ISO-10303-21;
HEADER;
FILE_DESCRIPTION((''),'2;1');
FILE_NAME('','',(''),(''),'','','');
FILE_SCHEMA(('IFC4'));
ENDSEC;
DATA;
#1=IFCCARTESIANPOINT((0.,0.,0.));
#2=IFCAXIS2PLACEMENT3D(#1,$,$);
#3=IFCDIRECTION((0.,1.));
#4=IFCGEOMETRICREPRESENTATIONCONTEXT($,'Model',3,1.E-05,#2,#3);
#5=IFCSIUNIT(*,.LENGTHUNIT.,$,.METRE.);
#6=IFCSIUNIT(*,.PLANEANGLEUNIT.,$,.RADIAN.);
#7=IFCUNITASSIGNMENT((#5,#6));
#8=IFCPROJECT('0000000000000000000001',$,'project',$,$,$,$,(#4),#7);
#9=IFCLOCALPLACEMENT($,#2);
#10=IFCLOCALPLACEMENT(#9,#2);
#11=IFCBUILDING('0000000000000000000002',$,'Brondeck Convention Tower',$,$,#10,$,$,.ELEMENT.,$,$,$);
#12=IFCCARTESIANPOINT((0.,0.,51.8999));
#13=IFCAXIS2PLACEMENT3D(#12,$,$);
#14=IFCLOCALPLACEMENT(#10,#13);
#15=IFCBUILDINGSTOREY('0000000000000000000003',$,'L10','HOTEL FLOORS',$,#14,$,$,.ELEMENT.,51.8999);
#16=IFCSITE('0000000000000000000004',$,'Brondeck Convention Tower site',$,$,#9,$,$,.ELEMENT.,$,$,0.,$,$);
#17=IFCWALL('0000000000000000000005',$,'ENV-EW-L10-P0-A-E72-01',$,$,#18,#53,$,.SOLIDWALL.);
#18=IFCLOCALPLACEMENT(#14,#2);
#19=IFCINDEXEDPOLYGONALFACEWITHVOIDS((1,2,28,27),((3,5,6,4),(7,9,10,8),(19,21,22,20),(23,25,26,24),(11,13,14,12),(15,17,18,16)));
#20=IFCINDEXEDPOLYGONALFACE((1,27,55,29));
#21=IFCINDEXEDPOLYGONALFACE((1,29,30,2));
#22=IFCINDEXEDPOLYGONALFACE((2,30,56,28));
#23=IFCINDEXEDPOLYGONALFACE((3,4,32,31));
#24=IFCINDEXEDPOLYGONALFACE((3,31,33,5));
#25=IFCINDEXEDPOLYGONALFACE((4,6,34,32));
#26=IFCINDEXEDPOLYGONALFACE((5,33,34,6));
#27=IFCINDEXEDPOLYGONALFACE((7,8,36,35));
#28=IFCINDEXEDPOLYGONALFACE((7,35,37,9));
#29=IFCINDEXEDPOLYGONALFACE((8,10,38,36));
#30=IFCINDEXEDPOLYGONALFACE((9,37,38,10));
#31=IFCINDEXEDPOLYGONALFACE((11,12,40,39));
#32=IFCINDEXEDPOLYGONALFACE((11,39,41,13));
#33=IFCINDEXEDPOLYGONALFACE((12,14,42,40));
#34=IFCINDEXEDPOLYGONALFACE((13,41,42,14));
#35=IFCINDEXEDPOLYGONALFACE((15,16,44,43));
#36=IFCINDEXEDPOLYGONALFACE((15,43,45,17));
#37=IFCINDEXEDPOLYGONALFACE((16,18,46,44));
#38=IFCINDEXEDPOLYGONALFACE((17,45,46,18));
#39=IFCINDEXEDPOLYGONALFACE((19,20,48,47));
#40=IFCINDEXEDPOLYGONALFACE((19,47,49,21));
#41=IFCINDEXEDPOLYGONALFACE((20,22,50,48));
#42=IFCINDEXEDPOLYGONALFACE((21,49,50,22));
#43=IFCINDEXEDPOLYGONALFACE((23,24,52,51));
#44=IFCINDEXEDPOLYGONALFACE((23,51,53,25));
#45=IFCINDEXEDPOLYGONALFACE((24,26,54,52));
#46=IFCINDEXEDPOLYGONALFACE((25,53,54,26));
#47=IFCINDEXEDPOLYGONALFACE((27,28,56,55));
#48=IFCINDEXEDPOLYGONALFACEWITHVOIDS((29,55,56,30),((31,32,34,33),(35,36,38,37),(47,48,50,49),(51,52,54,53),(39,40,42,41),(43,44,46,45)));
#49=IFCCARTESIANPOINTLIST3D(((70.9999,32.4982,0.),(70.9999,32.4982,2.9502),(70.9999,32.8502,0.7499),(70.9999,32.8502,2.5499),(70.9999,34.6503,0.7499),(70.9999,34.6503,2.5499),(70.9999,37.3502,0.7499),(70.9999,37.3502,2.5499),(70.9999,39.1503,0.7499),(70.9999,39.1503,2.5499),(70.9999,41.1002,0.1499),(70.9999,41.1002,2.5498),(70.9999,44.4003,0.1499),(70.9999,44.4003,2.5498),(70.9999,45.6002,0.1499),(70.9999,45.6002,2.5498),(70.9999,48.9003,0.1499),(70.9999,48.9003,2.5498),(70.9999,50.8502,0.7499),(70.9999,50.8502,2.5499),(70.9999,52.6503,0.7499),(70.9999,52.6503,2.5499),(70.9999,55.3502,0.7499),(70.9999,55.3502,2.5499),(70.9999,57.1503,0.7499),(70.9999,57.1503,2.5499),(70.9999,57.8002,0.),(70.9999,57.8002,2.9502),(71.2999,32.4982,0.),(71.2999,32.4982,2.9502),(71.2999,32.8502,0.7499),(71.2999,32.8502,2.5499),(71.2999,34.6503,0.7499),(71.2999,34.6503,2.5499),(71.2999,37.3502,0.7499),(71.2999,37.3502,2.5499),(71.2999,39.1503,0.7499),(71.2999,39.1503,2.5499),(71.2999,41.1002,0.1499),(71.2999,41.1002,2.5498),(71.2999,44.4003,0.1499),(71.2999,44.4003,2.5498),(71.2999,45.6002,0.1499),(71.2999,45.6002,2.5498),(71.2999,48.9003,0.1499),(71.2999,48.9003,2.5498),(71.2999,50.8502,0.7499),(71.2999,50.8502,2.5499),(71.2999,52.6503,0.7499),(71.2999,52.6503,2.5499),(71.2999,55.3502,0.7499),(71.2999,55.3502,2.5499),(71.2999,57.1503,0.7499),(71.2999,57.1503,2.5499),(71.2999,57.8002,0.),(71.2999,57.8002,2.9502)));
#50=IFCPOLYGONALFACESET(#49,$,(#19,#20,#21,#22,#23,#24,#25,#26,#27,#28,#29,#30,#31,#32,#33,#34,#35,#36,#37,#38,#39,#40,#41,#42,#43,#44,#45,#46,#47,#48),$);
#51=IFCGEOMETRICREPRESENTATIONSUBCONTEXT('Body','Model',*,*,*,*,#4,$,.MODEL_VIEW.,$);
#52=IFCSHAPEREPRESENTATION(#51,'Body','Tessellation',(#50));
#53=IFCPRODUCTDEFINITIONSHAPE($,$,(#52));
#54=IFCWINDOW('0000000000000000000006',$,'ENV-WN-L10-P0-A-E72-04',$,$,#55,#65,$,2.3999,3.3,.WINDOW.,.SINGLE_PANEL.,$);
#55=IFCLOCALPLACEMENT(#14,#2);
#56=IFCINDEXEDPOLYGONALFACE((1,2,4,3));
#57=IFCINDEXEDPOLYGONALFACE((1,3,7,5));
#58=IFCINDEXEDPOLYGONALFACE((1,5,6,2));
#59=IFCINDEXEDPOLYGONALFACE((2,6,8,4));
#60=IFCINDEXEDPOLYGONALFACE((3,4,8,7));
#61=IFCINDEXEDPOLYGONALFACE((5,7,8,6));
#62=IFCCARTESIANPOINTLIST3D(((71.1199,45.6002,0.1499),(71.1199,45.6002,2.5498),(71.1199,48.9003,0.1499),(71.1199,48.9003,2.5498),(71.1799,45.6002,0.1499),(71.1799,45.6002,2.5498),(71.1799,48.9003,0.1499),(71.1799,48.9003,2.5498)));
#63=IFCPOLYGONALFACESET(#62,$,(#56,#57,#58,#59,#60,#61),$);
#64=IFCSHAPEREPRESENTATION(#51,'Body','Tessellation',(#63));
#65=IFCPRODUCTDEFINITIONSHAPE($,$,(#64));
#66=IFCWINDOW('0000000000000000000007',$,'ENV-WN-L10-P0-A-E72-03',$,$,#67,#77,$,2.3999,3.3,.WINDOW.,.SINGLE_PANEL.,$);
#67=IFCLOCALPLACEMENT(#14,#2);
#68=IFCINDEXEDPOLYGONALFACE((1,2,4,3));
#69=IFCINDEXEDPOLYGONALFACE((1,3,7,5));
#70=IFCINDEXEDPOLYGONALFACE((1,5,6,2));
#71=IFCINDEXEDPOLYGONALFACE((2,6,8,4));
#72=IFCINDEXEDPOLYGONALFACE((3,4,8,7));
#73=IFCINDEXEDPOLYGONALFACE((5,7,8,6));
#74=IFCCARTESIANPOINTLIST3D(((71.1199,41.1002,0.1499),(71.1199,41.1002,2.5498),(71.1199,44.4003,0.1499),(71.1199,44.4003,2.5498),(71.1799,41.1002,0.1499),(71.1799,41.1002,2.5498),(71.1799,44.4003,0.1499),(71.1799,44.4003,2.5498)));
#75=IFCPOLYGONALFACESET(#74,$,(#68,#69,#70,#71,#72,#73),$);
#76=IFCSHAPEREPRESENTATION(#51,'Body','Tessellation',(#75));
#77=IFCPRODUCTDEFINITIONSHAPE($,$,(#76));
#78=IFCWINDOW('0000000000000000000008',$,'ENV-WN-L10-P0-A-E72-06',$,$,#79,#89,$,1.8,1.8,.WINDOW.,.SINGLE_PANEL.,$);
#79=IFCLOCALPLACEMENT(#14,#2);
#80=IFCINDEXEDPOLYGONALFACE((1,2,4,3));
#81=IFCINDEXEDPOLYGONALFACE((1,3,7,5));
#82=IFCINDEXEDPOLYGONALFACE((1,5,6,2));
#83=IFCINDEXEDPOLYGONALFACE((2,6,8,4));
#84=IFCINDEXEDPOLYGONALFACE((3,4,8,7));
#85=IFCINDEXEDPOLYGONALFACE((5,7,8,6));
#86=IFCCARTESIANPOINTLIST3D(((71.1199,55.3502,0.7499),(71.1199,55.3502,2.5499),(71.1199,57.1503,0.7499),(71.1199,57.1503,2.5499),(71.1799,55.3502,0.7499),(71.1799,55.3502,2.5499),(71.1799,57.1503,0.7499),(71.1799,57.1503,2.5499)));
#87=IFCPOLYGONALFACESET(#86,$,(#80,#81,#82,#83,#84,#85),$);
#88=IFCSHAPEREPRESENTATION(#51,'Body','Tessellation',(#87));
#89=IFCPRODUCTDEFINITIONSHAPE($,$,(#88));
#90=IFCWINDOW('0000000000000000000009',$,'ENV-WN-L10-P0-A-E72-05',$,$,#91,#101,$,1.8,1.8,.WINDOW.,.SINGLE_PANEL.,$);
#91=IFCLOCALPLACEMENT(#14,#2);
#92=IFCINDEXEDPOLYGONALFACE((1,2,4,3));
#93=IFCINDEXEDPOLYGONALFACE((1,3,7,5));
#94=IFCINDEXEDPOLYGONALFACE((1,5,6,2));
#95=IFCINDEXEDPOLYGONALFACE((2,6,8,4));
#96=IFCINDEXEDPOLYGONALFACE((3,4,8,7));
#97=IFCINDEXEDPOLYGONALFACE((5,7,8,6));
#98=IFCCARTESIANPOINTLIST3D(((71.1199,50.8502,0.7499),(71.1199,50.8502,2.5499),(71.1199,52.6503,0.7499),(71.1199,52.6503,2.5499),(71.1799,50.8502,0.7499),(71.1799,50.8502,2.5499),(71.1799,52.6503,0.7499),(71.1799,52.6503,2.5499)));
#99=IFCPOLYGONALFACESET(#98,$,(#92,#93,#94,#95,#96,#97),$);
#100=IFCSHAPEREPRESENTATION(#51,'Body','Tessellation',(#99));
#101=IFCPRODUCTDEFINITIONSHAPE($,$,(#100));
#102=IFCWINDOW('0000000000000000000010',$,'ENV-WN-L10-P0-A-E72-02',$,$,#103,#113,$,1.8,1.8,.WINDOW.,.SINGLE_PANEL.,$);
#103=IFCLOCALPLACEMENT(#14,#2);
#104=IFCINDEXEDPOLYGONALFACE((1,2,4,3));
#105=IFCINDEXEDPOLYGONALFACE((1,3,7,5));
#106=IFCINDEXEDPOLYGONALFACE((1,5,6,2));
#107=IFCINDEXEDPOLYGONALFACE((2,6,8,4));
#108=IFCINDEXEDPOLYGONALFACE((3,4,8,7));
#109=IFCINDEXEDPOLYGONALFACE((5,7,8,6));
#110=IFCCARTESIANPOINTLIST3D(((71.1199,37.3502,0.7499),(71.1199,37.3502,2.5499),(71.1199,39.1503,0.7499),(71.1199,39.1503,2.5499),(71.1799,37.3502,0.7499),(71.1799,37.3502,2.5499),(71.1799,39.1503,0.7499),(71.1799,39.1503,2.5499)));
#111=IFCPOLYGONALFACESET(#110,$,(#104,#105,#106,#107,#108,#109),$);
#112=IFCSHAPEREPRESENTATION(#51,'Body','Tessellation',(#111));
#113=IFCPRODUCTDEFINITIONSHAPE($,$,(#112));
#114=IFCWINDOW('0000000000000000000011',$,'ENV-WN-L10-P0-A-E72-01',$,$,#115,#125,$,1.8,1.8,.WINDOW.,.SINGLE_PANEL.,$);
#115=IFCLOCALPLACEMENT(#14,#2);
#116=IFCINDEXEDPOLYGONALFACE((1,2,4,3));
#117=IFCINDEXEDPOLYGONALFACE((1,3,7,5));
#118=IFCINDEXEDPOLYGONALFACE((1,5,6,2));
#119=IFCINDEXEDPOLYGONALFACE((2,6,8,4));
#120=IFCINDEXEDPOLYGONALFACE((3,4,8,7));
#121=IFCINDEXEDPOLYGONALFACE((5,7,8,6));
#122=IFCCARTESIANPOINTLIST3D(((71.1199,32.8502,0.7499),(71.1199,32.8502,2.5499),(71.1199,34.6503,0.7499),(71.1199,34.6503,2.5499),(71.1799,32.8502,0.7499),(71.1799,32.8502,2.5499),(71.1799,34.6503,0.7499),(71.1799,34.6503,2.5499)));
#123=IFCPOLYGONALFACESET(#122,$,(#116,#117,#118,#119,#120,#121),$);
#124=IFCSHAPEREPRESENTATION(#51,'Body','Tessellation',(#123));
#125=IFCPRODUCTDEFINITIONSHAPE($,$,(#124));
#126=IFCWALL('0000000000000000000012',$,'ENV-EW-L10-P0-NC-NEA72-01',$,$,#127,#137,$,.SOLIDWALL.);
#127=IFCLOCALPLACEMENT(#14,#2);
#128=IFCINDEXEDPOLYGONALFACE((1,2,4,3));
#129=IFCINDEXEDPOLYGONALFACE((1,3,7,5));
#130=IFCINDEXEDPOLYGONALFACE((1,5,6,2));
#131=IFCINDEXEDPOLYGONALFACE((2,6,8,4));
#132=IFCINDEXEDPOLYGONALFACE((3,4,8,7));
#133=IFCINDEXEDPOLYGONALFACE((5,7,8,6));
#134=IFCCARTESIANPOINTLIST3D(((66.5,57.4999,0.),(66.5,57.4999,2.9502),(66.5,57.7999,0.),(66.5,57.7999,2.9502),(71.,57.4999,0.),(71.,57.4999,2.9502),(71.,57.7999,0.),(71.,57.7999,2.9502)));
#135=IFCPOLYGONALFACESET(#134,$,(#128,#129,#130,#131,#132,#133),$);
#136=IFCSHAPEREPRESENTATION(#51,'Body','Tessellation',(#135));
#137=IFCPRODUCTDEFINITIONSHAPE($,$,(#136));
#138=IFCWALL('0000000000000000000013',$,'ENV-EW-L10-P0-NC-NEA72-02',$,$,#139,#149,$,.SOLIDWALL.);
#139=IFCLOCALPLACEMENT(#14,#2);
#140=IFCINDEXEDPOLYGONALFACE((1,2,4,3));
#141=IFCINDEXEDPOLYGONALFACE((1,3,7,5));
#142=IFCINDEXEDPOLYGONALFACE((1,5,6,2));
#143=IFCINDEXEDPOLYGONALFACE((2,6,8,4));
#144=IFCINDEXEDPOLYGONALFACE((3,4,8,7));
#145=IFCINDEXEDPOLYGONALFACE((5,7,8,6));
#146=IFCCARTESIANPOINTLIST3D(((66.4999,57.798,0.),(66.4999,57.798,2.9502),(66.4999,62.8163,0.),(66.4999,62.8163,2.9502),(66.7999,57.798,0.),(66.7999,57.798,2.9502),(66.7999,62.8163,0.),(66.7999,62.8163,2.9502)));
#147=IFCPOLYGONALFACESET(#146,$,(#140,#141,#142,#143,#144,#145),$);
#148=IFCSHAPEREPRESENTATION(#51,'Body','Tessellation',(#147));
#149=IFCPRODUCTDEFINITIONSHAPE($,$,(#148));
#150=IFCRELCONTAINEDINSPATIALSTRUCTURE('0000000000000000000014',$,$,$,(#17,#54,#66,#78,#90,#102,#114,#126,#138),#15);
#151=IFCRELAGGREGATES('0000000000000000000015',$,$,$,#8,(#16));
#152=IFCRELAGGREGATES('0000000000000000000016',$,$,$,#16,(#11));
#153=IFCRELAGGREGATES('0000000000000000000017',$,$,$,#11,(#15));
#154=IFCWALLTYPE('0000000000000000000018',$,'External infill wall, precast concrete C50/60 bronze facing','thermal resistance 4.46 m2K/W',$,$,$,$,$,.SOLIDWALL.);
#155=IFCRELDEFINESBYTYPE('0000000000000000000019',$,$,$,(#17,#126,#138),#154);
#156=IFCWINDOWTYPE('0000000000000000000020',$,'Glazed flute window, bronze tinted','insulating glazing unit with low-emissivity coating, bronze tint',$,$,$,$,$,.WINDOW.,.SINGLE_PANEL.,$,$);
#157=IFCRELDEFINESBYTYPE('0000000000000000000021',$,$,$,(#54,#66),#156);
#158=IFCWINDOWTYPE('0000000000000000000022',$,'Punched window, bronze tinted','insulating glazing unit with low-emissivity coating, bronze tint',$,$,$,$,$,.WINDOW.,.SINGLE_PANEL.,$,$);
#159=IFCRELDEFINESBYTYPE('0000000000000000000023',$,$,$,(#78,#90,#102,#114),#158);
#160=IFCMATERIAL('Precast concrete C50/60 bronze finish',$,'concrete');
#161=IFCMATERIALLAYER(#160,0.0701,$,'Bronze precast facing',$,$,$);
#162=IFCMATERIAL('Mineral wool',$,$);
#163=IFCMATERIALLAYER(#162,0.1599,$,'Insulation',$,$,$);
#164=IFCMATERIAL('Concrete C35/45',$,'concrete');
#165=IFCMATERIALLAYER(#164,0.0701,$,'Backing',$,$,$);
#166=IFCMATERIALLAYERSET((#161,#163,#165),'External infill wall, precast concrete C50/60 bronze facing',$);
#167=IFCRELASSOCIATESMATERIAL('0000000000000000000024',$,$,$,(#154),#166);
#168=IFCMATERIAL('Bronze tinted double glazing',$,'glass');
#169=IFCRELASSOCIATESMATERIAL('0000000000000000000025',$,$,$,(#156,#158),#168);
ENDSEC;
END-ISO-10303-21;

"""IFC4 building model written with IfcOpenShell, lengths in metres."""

from ifc_helpers import new_model, si_unit, direction, frame, frame_2d, origin, place, context, subcontext, project, spatial, rectangle, extrude, material, layer, layer_set, type_object, element, fill, save


model = new_model("IFC4")

# Units and contexts
model_context = context("Model", 3, precision=1e-05, world=origin(), true_north=direction((0.0, 1.0)))
body_context = subcontext(model_context, "Body", "Model", "MODEL_VIEW")
ifc_project = project(units=[si_unit("LENGTHUNIT", "METRE"), si_unit("PLANEANGLEUNIT", "RADIAN")], contexts=[model_context])

# Site, building, storey
site_placement = place(None, origin())
site = spatial("IfcSite", under=ifc_project, at=site_placement, Name="Brondeck Convention Tower site", CompositionType="ELEMENT", RefElevation=0.0)
building_placement = place(site_placement, origin())
building = spatial("IfcBuilding", under=site, at=building_placement, Name="Brondeck Convention Tower", CompositionType="ELEMENT")
storey_placement = place(building_placement, frame((0.0, 0.0, 51.8999)))
storey = spatial("IfcBuildingStorey", under=building, at=storey_placement, Name="L10", Description="HOTEL FLOORS", CompositionType="ELEMENT", Elevation=51.8999)

# Wall, openings, windows
ifc_material_1 = material(Name="Precast concrete C50/60 bronze finish", Category="concrete")
ifc_layer_1 = layer(ifc_material_1, 0.0701, Name="Bronze precast facing")
ifc_material_2 = material(Name="Mineral wool")
ifc_layer_2 = layer(ifc_material_2, 0.1599, Name="Insulation")
ifc_material_3 = material(Name="Concrete C35/45", Category="concrete")
ifc_layer_3 = layer(ifc_material_3, 0.0701, Name="Backing")
ifc_layer_set_1 = layer_set([ifc_layer_1, ifc_layer_2, ifc_layer_3], Name="External infill wall, precast concrete C50/60 bronze facing")
wall_type_1 = type_object("IfcWallType", Name="External infill wall, precast concrete C50/60 bronze facing", Description="thermal resistance 4.46 m2K/W", PredefinedType="SOLIDWALL", material=ifc_layer_set_1)
wall_1_placement = place(storey_placement, frame((71.1499, 57.8, 0.0), z_axis=(0.0, 0.0, 1.0), x_axis=(0.0, -1.0, 0.0)))
wall_1 = element("IfcWall", 1, at=wall_1_placement, inside=storey, type_object=wall_type_1, Name="ENV-EW-L10-P0-A-E72-01", PredefinedType="SOLIDWALL", context=body_context, shape_type="SweptSolid", body=[
    extrude(rectangle(XDim=25.302, YDim=0.3, at=frame_2d((12.6509, 0.0))), origin(), (0.0, 0.0, 1.0), 2.9502),
])
opening_1_placement = place(wall_1_placement, frame((0.6499, 0.0, 0.75)))
opening_1 = element("IfcOpeningElement", 2, at=opening_1_placement, cuts=wall_1, PredefinedType="OPENING", context=body_context, shape_type="SweptSolid", body=[
    extrude(rectangle(XDim=1.8, YDim=1.8, at=frame_2d((0.8999, 0.8999))), frame((0.0, 0.1599, 0.0), z_axis=(0.0, -1.0, 0.0), x_axis=(1.0, 0.0, 0.0)), (0.0, 0.0, 1.0), 0.3201),
])
opening_2_placement = place(wall_1_placement, frame((5.1499, 0.0, 0.75)))
opening_2 = element("IfcOpeningElement", 3, at=opening_2_placement, cuts=wall_1, PredefinedType="OPENING", context=body_context, shape_type="SweptSolid", body=[
    extrude(rectangle(XDim=1.8, YDim=1.8, at=frame_2d((0.8999, 0.8999))), frame((0.0, 0.1599, 0.0), z_axis=(0.0, -1.0, 0.0), x_axis=(1.0, 0.0, 0.0)), (0.0, 0.0, 1.0), 0.3201),
])
opening_3_placement = place(wall_1_placement, frame((8.8999, 0.0, 0.1499)))
opening_3 = element("IfcOpeningElement", 4, at=opening_3_placement, cuts=wall_1, PredefinedType="OPENING", context=body_context, shape_type="SweptSolid", body=[
    extrude(rectangle(XDim=3.3, YDim=2.3999, at=frame_2d((1.6499, 1.2))), frame((0.0, 0.1599, 0.0), z_axis=(0.0, -1.0, 0.0), x_axis=(1.0, 0.0, 0.0)), (0.0, 0.0, 1.0), 0.3201),
])
opening_4_placement = place(wall_1_placement, frame((13.3999, 0.0, 0.1499)))
opening_4 = element("IfcOpeningElement", 5, at=opening_4_placement, cuts=wall_1, PredefinedType="OPENING", context=body_context, shape_type="SweptSolid", body=[
    extrude(rectangle(XDim=3.3, YDim=2.3999, at=frame_2d((1.6499, 1.2))), frame((0.0, 0.1599, 0.0), z_axis=(0.0, -1.0, 0.0), x_axis=(1.0, 0.0, 0.0)), (0.0, 0.0, 1.0), 0.3201),
])
opening_5_placement = place(wall_1_placement, frame((18.6499, 0.0, 0.75)))
opening_5 = element("IfcOpeningElement", 6, at=opening_5_placement, cuts=wall_1, PredefinedType="OPENING", context=body_context, shape_type="SweptSolid", body=[
    extrude(rectangle(XDim=1.8, YDim=1.8, at=frame_2d((0.8999, 0.8999))), frame((0.0, 0.1599, 0.0), z_axis=(0.0, -1.0, 0.0), x_axis=(1.0, 0.0, 0.0)), (0.0, 0.0, 1.0), 0.3201),
])
opening_6_placement = place(wall_1_placement, frame((23.1499, 0.0, 0.75)))
opening_6 = element("IfcOpeningElement", 7, at=opening_6_placement, cuts=wall_1, PredefinedType="OPENING", context=body_context, shape_type="SweptSolid", body=[
    extrude(rectangle(XDim=1.8, YDim=1.8, at=frame_2d((0.8999, 0.8999))), frame((0.0, 0.1599, 0.0), z_axis=(0.0, -1.0, 0.0), x_axis=(1.0, 0.0, 0.0)), (0.0, 0.0, 1.0), 0.3201),
])
ifc_material_4 = material(Name="Bronze tinted double glazing", Category="glass")
window_type_1 = type_object("IfcWindowType", Name="Glazed flute window, bronze tinted", Description="insulating glazing unit with low-emissivity coating, bronze tint", PartitioningType="SINGLE_PANEL", PredefinedType="WINDOW", material=ifc_material_4)
window_1_placement = place(opening_3_placement, origin())
window_1 = element("IfcWindow", 8, at=window_1_placement, inside=storey, type_object=window_type_1, Name="ENV-WN-L10-P0-A-E72-04", OverallHeight=2.3999, OverallWidth=3.3, PartitioningType="SINGLE_PANEL", PredefinedType="WINDOW", context=body_context, shape_type="SweptSolid", body=[
    extrude(rectangle(XDim=3.3, YDim=2.3999, at=frame_2d((1.6499, 1.2))), frame((0.0, 0.03, 0.0), z_axis=(0.0, -1.0, 0.0), x_axis=(1.0, 0.0, 0.0)), (0.0, 0.0, 1.0), 0.0601),
])
fill(opening_3, window_1)
window_2_placement = place(opening_4_placement, origin())
window_2 = element("IfcWindow", 9, at=window_2_placement, inside=storey, type_object=window_type_1, Name="ENV-WN-L10-P0-A-E72-03", OverallHeight=2.3999, OverallWidth=3.3, PartitioningType="SINGLE_PANEL", PredefinedType="WINDOW", context=body_context, shape_type="SweptSolid", body=[
    extrude(rectangle(XDim=3.3, YDim=2.3999, at=frame_2d((1.6499, 1.2))), frame((0.0, 0.03, 0.0), z_axis=(0.0, -1.0, 0.0), x_axis=(1.0, 0.0, 0.0)), (0.0, 0.0, 1.0), 0.0601),
])
fill(opening_4, window_2)
window_type_2 = type_object("IfcWindowType", Name="Punched window, bronze tinted", Description="insulating glazing unit with low-emissivity coating, bronze tint", PartitioningType="SINGLE_PANEL", PredefinedType="WINDOW", material=ifc_material_4)
window_3_placement = place(opening_1_placement, origin())
window_3 = element("IfcWindow", 10, at=window_3_placement, inside=storey, type_object=window_type_2, Name="ENV-WN-L10-P0-A-E72-06", OverallHeight=1.8, OverallWidth=1.8, PartitioningType="SINGLE_PANEL", PredefinedType="WINDOW", context=body_context, shape_type="SweptSolid", body=[
    extrude(rectangle(XDim=1.8, YDim=1.8, at=frame_2d((0.8999, 0.8999))), frame((0.0, 0.03, 0.0), z_axis=(0.0, -1.0, 0.0), x_axis=(1.0, 0.0, 0.0)), (0.0, 0.0, 1.0), 0.0601),
])
fill(opening_1, window_3)
window_4_placement = place(opening_2_placement, origin())
window_4 = element("IfcWindow", 11, at=window_4_placement, inside=storey, type_object=window_type_2, Name="ENV-WN-L10-P0-A-E72-05", OverallHeight=1.8, OverallWidth=1.8, PartitioningType="SINGLE_PANEL", PredefinedType="WINDOW", context=body_context, shape_type="SweptSolid", body=[
    extrude(rectangle(XDim=1.8, YDim=1.8, at=frame_2d((0.8999, 0.8999))), frame((0.0, 0.03, 0.0), z_axis=(0.0, -1.0, 0.0), x_axis=(1.0, 0.0, 0.0)), (0.0, 0.0, 1.0), 0.0601),
])
fill(opening_2, window_4)
window_5_placement = place(opening_5_placement, origin())
window_5 = element("IfcWindow", 12, at=window_5_placement, inside=storey, type_object=window_type_2, Name="ENV-WN-L10-P0-A-E72-02", OverallHeight=1.8, OverallWidth=1.8, PartitioningType="SINGLE_PANEL", PredefinedType="WINDOW", context=body_context, shape_type="SweptSolid", body=[
    extrude(rectangle(XDim=1.8, YDim=1.8, at=frame_2d((0.8999, 0.8999))), frame((0.0, 0.03, 0.0), z_axis=(0.0, -1.0, 0.0), x_axis=(1.0, 0.0, 0.0)), (0.0, 0.0, 1.0), 0.0601),
])
fill(opening_5, window_5)
window_6_placement = place(opening_6_placement, origin())
window_6 = element("IfcWindow", 13, at=window_6_placement, inside=storey, type_object=window_type_2, Name="ENV-WN-L10-P0-A-E72-01", OverallHeight=1.8, OverallWidth=1.8, PartitioningType="SINGLE_PANEL", PredefinedType="WINDOW", context=body_context, shape_type="SweptSolid", body=[
    extrude(rectangle(XDim=1.8, YDim=1.8, at=frame_2d((0.8999, 0.8999))), frame((0.0, 0.03, 0.0), z_axis=(0.0, -1.0, 0.0), x_axis=(1.0, 0.0, 0.0)), (0.0, 0.0, 1.0), 0.0601),
])
fill(opening_6, window_6)

# Walls
wall_2_placement = place(storey_placement, frame((66.5, 57.6499, 0.0), z_axis=(0.0, 0.0, 1.0), x_axis=(1.0, 0.0, 0.0)))
element("IfcWall", 14, at=wall_2_placement, inside=storey, type_object=wall_type_1, Name="ENV-EW-L10-P0-NC-NEA72-01", PredefinedType="SOLIDWALL", context=body_context, shape_type="SweptSolid", body=[
    extrude(rectangle(XDim=4.5, YDim=0.3, at=frame_2d((2.25, 0.0))), origin(), (0.0, 0.0, 1.0), 2.9502),
])
wall_3_placement = place(storey_placement, frame((66.6499, 62.8164, 0.0), z_axis=(0.0, 0.0, 1.0), x_axis=(0.0, -1.0, 0.0)))
element("IfcWall", 15, at=wall_3_placement, inside=storey, type_object=wall_type_1, Name="ENV-EW-L10-P0-NC-NEA72-02", PredefinedType="SOLIDWALL", context=body_context, shape_type="SweptSolid", body=[
    extrude(rectangle(XDim=5.0183, YDim=0.3, at=frame_2d((2.5093, 0.0))), origin(), (0.0, 0.0, 1.0), 2.9502),
])

save(model, "model.ifc")
